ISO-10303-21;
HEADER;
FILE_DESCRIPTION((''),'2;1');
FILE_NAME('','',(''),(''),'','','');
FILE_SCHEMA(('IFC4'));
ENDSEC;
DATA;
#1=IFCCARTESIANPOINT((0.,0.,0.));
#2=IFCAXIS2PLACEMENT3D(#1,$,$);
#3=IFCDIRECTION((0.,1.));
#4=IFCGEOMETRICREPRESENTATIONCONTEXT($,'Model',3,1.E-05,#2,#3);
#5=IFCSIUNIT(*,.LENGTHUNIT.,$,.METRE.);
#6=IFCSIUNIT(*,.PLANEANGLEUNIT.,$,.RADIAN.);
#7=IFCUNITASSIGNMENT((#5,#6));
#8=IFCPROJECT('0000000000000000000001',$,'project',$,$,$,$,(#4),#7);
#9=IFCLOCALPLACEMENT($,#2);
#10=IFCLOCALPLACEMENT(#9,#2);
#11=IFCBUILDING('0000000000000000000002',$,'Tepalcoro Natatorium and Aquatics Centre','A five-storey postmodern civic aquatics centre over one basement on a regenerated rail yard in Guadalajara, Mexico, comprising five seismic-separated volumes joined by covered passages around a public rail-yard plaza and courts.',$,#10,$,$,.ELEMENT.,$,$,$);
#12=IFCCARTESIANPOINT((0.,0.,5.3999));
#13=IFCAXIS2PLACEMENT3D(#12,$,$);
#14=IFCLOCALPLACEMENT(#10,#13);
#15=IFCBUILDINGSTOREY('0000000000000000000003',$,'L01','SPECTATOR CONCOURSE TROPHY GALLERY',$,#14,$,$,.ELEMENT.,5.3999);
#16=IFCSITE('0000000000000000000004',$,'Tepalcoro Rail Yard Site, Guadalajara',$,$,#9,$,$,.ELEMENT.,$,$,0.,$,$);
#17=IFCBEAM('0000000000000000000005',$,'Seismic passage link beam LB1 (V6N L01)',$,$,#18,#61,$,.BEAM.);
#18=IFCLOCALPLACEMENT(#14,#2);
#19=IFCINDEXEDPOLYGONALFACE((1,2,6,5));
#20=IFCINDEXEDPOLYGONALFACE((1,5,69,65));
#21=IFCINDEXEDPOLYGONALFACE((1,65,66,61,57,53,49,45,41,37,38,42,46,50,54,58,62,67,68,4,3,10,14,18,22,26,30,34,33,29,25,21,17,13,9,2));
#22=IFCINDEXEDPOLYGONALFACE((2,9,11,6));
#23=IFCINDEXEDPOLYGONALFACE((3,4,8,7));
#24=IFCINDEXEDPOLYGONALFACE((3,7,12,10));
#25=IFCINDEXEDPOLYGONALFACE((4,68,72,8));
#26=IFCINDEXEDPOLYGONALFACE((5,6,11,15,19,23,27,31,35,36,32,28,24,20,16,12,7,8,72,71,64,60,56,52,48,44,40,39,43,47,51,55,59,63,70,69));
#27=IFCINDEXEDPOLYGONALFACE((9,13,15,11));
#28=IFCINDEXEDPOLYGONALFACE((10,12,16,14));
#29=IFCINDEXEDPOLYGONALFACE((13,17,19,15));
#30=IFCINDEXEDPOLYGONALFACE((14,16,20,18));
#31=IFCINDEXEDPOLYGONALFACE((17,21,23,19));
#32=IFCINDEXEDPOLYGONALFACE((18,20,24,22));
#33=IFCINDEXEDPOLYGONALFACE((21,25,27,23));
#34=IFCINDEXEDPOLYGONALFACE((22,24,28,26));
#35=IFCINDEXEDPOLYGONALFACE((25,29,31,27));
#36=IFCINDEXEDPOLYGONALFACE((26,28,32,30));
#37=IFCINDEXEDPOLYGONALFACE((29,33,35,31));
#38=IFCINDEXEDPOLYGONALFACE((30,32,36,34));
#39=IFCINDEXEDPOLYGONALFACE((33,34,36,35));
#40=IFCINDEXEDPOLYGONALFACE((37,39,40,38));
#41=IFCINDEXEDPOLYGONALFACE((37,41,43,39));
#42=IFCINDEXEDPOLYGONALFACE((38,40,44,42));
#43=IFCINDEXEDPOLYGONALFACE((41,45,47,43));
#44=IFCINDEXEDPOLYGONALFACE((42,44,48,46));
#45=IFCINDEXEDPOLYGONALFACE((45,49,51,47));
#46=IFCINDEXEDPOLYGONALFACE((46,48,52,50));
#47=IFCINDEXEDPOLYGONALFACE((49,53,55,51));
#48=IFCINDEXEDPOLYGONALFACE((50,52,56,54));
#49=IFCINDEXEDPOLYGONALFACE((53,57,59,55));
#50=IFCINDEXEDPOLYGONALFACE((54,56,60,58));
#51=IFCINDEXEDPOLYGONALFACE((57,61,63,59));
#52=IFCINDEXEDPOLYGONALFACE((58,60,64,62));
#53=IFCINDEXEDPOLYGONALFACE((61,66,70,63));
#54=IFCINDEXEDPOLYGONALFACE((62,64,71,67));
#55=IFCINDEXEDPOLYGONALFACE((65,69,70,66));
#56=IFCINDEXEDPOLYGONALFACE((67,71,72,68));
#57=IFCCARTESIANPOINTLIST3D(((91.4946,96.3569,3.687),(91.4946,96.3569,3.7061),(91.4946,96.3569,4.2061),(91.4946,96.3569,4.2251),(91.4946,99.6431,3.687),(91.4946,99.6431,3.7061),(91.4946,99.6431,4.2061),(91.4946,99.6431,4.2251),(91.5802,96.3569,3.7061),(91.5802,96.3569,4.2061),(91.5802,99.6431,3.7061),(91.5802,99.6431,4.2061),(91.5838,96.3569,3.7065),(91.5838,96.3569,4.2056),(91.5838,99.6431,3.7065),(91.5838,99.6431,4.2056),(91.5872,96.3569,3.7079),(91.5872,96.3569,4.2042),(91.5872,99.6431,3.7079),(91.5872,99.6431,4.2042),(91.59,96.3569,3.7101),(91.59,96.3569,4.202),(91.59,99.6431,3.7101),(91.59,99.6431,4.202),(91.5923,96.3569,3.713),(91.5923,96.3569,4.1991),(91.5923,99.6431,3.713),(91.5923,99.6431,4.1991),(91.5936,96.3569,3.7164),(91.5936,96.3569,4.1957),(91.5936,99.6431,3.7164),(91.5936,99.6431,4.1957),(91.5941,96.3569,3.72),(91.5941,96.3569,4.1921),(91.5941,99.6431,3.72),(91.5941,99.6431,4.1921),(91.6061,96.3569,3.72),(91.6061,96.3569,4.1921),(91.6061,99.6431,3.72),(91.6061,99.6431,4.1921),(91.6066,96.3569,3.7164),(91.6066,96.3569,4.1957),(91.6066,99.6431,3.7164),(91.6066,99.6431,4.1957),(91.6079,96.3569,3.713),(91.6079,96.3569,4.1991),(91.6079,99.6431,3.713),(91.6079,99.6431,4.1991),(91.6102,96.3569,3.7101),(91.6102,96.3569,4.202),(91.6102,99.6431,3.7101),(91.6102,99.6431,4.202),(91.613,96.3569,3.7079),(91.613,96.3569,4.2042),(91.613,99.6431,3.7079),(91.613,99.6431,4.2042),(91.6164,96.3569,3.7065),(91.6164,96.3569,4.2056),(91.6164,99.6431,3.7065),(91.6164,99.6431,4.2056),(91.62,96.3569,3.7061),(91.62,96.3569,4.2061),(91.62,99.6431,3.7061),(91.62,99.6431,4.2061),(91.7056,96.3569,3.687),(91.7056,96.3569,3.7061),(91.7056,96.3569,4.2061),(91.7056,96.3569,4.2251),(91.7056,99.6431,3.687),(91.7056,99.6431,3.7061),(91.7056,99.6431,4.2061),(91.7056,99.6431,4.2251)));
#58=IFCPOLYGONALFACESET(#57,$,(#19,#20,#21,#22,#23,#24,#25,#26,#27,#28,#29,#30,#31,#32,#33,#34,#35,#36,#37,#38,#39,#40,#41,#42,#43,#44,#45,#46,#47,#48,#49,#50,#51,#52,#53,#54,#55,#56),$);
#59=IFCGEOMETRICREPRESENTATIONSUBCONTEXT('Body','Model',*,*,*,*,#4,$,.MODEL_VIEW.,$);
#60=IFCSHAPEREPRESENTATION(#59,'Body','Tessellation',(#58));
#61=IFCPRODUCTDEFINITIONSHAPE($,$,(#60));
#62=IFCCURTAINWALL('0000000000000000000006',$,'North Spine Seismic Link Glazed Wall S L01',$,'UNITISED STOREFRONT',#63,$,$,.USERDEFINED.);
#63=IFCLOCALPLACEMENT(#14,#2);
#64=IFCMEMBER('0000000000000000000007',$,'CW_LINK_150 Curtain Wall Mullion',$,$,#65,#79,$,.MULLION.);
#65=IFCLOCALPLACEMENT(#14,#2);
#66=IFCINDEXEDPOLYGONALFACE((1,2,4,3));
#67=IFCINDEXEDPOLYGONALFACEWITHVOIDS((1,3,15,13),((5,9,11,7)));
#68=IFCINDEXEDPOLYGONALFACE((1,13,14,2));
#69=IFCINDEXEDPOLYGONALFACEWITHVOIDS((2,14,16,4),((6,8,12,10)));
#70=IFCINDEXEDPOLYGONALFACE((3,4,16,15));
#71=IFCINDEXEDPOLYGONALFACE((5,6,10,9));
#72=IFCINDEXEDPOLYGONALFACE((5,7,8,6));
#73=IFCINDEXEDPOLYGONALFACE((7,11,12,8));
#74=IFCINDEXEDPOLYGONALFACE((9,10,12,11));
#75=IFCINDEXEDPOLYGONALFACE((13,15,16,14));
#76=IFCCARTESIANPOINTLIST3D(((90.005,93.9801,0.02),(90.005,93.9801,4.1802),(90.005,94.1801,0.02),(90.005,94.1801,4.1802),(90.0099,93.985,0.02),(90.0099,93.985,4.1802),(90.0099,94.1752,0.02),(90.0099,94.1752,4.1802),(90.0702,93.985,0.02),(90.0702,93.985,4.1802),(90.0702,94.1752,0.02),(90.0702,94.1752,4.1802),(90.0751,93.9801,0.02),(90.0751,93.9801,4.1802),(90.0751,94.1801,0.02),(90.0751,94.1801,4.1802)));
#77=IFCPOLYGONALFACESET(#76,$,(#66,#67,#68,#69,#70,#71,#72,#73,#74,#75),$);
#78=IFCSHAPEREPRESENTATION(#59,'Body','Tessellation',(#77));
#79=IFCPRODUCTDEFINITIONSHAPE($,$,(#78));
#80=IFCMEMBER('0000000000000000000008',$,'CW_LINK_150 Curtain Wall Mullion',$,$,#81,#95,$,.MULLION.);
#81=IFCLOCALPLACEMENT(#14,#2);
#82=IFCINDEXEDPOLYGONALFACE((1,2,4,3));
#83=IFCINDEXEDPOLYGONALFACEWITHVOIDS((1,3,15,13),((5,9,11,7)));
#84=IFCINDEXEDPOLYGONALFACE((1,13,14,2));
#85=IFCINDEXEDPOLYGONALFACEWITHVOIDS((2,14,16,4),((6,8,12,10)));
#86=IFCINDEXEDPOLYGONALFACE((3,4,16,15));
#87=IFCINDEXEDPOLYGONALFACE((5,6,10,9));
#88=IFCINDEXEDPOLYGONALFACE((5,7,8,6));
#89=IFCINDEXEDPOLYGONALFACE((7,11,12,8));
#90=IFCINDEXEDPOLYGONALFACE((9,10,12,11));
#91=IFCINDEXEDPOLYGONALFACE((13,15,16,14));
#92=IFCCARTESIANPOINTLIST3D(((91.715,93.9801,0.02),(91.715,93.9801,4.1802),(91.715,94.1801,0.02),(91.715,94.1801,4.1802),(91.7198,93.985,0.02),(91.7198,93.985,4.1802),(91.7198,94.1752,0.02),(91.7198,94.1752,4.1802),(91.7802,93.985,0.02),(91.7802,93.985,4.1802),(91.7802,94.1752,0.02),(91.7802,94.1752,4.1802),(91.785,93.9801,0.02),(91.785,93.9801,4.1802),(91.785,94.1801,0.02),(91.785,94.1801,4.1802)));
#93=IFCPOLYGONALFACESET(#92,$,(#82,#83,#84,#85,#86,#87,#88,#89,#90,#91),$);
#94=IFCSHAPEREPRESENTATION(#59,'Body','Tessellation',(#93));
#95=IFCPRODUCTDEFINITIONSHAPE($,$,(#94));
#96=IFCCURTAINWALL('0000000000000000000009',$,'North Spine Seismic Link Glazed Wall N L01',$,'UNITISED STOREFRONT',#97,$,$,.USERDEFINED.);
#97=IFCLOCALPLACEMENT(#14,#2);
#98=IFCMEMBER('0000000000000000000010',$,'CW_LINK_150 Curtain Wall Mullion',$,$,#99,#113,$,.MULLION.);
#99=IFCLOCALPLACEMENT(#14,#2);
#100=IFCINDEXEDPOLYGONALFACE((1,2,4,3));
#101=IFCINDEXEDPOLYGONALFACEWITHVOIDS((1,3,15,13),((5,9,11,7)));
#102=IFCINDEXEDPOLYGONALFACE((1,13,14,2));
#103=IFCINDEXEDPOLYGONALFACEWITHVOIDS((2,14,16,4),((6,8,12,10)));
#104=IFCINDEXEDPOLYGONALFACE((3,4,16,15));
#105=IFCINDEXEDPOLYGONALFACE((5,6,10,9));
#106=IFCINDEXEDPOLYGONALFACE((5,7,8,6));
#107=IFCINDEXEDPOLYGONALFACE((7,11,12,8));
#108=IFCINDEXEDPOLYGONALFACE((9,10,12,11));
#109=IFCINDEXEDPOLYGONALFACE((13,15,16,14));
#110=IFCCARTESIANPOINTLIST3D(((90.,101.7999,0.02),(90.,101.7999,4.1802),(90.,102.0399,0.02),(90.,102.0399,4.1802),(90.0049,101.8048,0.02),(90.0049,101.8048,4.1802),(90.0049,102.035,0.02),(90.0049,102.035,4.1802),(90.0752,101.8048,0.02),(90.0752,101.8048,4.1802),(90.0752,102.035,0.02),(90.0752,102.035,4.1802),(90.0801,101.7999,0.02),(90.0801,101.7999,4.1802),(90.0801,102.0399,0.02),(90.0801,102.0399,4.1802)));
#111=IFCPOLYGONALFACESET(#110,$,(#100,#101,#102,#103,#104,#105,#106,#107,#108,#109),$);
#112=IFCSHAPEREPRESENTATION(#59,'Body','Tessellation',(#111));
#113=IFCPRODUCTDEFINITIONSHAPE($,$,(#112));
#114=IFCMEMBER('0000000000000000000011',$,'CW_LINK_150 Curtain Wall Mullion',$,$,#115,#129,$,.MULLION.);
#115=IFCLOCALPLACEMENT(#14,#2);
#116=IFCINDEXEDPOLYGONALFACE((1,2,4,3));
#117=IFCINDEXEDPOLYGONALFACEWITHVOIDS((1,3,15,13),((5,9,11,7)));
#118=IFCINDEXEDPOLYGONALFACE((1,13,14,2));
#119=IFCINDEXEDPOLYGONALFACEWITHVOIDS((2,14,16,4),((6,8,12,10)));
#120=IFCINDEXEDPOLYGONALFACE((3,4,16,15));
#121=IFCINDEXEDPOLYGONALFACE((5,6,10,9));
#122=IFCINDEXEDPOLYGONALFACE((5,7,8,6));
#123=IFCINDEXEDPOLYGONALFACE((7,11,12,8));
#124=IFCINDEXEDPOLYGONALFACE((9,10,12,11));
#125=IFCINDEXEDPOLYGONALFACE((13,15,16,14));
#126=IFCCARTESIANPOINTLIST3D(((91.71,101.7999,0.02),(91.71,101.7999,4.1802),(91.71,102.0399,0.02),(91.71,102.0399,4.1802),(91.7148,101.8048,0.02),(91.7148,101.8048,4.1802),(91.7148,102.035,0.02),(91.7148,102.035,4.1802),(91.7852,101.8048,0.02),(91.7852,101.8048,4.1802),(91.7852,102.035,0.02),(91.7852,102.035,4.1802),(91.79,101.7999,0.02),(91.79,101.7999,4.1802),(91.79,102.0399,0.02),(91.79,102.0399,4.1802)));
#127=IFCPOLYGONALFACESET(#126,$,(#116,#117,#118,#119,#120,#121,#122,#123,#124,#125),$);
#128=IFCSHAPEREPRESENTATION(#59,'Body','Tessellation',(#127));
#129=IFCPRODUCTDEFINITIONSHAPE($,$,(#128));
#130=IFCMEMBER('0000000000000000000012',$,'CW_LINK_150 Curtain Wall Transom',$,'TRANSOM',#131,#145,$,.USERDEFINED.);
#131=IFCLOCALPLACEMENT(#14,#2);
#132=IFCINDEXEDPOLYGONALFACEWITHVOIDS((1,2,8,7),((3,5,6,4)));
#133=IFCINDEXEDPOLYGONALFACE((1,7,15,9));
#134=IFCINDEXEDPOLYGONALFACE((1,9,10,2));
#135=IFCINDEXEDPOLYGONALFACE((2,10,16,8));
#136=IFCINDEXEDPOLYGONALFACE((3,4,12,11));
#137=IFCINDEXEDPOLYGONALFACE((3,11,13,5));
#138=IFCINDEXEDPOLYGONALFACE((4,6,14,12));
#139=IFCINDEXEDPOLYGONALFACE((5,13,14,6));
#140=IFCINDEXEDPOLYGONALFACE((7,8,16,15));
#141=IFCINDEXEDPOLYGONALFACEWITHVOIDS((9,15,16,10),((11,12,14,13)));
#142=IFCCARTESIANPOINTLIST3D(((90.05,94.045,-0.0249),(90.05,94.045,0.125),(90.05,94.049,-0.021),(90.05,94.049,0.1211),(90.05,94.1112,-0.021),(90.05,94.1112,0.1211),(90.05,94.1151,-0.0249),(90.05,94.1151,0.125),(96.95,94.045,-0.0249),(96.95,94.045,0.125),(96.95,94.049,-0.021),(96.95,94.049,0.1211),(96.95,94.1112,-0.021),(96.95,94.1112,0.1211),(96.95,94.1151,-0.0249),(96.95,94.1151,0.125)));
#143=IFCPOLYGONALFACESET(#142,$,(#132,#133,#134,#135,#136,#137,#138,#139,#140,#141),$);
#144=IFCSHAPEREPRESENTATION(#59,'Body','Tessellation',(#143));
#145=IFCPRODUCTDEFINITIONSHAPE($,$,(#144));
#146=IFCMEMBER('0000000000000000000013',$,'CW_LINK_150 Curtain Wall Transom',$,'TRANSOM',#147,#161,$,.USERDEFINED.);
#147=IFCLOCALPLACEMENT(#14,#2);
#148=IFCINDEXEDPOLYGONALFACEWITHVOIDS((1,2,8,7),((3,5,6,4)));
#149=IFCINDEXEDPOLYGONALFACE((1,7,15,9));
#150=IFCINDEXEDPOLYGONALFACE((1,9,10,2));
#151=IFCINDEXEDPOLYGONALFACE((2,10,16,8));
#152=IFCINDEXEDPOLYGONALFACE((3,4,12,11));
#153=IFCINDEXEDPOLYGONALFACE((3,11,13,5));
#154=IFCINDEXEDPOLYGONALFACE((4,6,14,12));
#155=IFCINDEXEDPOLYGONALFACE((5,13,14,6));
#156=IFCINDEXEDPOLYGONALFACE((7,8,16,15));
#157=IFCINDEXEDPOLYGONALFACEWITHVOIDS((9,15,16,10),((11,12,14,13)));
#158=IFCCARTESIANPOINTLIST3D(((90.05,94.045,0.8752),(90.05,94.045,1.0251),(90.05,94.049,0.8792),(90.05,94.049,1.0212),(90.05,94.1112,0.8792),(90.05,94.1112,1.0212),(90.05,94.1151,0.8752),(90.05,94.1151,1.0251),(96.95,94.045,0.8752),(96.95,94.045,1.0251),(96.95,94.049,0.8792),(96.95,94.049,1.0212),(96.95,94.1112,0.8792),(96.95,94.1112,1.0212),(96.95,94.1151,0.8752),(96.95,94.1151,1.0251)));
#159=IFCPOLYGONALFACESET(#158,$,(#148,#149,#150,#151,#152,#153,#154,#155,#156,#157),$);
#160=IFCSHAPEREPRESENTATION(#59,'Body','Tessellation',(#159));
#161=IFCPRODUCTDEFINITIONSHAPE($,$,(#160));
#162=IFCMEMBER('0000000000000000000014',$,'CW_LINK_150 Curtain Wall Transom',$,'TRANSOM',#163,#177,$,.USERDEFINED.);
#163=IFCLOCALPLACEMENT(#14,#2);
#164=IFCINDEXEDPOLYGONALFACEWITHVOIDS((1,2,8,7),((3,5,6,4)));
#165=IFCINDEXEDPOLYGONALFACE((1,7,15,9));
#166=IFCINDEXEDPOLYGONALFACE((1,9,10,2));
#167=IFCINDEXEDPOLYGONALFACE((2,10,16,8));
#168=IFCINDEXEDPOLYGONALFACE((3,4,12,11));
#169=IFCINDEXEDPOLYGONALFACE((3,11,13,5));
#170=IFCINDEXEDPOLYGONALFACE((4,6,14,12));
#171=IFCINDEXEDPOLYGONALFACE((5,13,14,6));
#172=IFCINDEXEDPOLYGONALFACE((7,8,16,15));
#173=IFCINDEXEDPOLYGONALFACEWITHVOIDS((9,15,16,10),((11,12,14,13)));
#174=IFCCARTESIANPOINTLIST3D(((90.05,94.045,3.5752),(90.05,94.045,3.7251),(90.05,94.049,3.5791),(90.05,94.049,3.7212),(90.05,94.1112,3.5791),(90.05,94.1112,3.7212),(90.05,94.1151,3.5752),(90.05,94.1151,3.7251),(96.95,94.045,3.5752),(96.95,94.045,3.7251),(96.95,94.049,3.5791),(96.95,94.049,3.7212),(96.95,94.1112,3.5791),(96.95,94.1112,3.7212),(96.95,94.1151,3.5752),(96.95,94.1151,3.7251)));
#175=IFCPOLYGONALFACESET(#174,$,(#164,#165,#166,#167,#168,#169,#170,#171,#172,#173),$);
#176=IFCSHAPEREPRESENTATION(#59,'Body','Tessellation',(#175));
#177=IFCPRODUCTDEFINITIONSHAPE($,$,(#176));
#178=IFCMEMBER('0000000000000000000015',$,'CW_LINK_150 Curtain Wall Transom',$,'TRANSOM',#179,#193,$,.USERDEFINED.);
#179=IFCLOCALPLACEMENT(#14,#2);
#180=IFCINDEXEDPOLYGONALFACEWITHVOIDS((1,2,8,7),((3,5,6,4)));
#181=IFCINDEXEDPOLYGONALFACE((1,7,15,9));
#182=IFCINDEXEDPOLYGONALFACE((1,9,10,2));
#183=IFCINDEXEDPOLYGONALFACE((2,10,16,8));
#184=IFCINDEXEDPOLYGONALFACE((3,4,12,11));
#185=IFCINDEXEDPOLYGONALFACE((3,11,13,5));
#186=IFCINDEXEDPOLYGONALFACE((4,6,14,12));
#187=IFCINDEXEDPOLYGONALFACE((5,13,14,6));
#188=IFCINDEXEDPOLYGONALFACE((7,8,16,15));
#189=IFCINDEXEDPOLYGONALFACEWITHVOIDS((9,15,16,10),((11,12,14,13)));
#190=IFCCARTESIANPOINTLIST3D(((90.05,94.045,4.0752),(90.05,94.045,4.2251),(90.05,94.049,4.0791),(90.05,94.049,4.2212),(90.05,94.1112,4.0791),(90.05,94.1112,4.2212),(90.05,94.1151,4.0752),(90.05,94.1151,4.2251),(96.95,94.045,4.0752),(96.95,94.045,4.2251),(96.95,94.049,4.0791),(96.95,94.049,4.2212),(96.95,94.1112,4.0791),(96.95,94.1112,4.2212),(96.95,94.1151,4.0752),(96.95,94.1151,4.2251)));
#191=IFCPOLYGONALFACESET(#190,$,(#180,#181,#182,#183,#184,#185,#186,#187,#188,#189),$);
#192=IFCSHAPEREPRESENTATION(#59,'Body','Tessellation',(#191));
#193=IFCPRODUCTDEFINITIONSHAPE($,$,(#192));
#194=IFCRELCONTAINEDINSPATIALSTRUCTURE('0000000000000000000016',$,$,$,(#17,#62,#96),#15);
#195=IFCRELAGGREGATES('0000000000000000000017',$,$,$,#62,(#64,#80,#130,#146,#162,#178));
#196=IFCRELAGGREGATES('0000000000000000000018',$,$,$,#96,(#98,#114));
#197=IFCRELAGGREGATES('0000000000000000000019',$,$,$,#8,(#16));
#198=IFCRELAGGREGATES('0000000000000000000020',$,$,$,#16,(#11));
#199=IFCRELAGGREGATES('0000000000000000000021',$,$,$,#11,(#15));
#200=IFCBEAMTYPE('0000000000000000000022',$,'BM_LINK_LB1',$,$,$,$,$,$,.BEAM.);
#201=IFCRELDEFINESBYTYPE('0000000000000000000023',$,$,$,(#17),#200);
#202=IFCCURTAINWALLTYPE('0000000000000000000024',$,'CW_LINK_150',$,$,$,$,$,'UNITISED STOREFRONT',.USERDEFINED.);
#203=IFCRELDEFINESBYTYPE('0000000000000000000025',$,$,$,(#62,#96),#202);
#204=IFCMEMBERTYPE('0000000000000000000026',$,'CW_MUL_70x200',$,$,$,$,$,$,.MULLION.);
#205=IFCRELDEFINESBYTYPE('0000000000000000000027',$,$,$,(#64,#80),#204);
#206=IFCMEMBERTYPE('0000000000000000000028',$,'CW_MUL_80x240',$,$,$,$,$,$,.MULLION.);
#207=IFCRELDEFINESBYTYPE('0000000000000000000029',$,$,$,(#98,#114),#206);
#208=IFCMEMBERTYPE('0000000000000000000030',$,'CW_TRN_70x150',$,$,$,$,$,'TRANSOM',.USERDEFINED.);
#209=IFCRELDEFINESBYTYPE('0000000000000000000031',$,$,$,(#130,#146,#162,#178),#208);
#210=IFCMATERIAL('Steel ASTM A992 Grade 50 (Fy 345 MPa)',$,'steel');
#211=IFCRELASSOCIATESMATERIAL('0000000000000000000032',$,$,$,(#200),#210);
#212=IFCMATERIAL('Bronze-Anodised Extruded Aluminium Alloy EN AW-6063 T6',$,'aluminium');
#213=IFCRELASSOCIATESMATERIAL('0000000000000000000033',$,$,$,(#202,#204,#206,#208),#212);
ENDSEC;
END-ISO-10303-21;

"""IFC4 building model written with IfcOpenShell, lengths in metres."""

from ifc_helpers import new_model, si_unit, direction, frame, origin, origin_2d, place, context, subcontext, project, spatial, hollow_rectangle, i_section, extrude, material, material_profile, profile_set, type_object, element, aggregate, save


model = new_model("IFC4")

# Units and contexts
model_context = context("Model", 3, precision=1e-05, world=origin(), true_north=direction((0.0, 1.0)))
body_context = subcontext(model_context, "Body", "Model", "MODEL_VIEW")
ifc_project = project(units=[si_unit("LENGTHUNIT", "METRE"), si_unit("PLANEANGLEUNIT", "RADIAN")], contexts=[model_context])

# Site, building, storey
site_placement = place(None, origin())
site = spatial("IfcSite", under=ifc_project, at=site_placement, Name="Tepalcoro Rail Yard Site, Guadalajara", CompositionType="ELEMENT", RefElevation=0.0)
building_placement = place(site_placement, origin())
building = spatial("IfcBuilding", under=site, at=building_placement, Name="Tepalcoro Natatorium and Aquatics Centre", Description="A five-storey postmodern civic aquatics centre over one basement on a regenerated rail yard in Guadalajara, Mexico, comprising five seismic-separated volumes joined by covered passages around a public rail-yard plaza and courts.", CompositionType="ELEMENT")
storey_placement = place(building_placement, frame((0.0, 0.0, 5.3999)))
storey = spatial("IfcBuildingStorey", under=building, at=storey_placement, Name="L01", Description="SPECTATOR CONCOURSE TROPHY GALLERY", CompositionType="ELEMENT", Elevation=5.3999)

# Shared definitions
ifc_material_1 = material(Name="Steel ASTM A992 Grade 50 (Fy 345 MPa)", Category="steel")

# Beam
ifc_material_profile_1 = material_profile(ifc_material_1, i_section(OverallWidth=0.2109, OverallDepth=0.5381, WebThickness=0.012, FlangeThickness=0.019, FilletRadius=0.0139, at=origin_2d()), Name="W21X73")
ifc_profile_set_1 = profile_set([ifc_material_profile_1], Name="Steel ASTM A992 Grade 50 (Fy 345 MPa)")
beam_type = type_object("IfcBeamType", Name="BM_LINK_LB1", PredefinedType="BEAM", material=ifc_profile_set_1)
beam_placement = place(storey_placement, frame((91.6001, 96.3569, 3.9561), z_axis=(0.0, 1.0, 0.0), x_axis=(-1.0, 0.0, 0.0)))
element("IfcBeam", 1, at=beam_placement, inside=storey, type_object=beam_type, Name="Seismic passage link beam LB1 (V6N L01)", PredefinedType="BEAM", context=body_context, shape_type="SweptSolid", body=[
    extrude(i_section(OverallWidth=0.2109, OverallDepth=0.5381, WebThickness=0.012, FlangeThickness=0.019, FilletRadius=0.0139, at=origin_2d()), origin(), (0.0, 0.0, 1.0), 3.2861),
])

# Curtain walls, members
ifc_material_2 = material(Name="Bronze-Anodised Extruded Aluminium Alloy EN AW-6063 T6", Category="aluminium")
curtain_wall_type = type_object("IfcCurtainWallType", Name="CW_LINK_150", ElementType="UNITISED STOREFRONT", PredefinedType="USERDEFINED", material=ifc_material_2)
curtain_wall_1_placement = place(storey_placement, origin())
curtain_wall_1 = element("IfcCurtainWall", 2, at=curtain_wall_1_placement, inside=storey, type_object=curtain_wall_type, Name="North Spine Seismic Link Glazed Wall S L01", ObjectType="UNITISED STOREFRONT", PredefinedType="USERDEFINED")
ifc_material_profile_2 = material_profile(ifc_material_2, hollow_rectangle(XDim=0.0701, YDim=0.2, WallThickness=0.0049, at=origin_2d()), Name="AL70X200X5")
ifc_profile_set_2 = profile_set([ifc_material_profile_2], Name="Bronze-Anodised Extruded Aluminium Alloy EN AW-6063 T6")
member_type_1 = type_object("IfcMemberType", Name="CW_MUL_70x200", PredefinedType="MULLION", material=ifc_profile_set_2)
member_1_placement = place(storey_placement, frame((90.04, 94.0801, 0.02), z_axis=(0.0, 0.0, 1.0), x_axis=(1.0, 0.0, 0.0)))
member_1 = element("IfcMember", 3, at=member_1_placement, type_object=member_type_1, Name="CW_LINK_150 Curtain Wall Mullion", PredefinedType="MULLION", context=body_context, shape_type="SweptSolid", body=[
    extrude(hollow_rectangle(XDim=0.0701, YDim=0.2, WallThickness=0.0049, at=origin_2d()), origin(), (0.0, 0.0, 1.0), 4.1602),
])
member_2_placement = place(storey_placement, frame((91.75, 94.0801, 0.02), z_axis=(0.0, 0.0, 1.0), x_axis=(1.0, 0.0, 0.0)))
member_2 = element("IfcMember", 4, at=member_2_placement, type_object=member_type_1, Name="CW_LINK_150 Curtain Wall Mullion", PredefinedType="MULLION", context=body_context, shape_type="SweptSolid", body=[
    extrude(hollow_rectangle(XDim=0.0701, YDim=0.2, WallThickness=0.0049, at=origin_2d()), origin(), (0.0, 0.0, 1.0), 4.1602),
])
curtain_wall_2_placement = place(storey_placement, origin())
curtain_wall_2 = element("IfcCurtainWall", 5, at=curtain_wall_2_placement, inside=storey, type_object=curtain_wall_type, Name="North Spine Seismic Link Glazed Wall N L01", ObjectType="UNITISED STOREFRONT", PredefinedType="USERDEFINED")
ifc_material_profile_3 = material_profile(ifc_material_2, hollow_rectangle(XDim=0.0801, YDim=0.24, WallThickness=0.0049, at=origin_2d()), Name="AL80X240X5")
ifc_profile_set_3 = profile_set([ifc_material_profile_3], Name="Bronze-Anodised Extruded Aluminium Alloy EN AW-6063 T6")
member_type_2 = type_object("IfcMemberType", Name="CW_MUL_80x240", PredefinedType="MULLION", material=ifc_profile_set_3)
member_3_placement = place(storey_placement, frame((90.04, 101.9199, 0.02), z_axis=(0.0, 0.0, 1.0), x_axis=(1.0, 0.0, 0.0)))
member_3 = element("IfcMember", 6, at=member_3_placement, type_object=member_type_2, Name="CW_LINK_150 Curtain Wall Mullion", PredefinedType="MULLION", context=body_context, shape_type="SweptSolid", body=[
    extrude(hollow_rectangle(XDim=0.0801, YDim=0.24, WallThickness=0.0049, at=origin_2d()), origin(), (0.0, 0.0, 1.0), 4.1602),
])
member_4_placement = place(storey_placement, frame((91.75, 101.9199, 0.02), z_axis=(0.0, 0.0, 1.0), x_axis=(1.0, 0.0, 0.0)))
member_4 = element("IfcMember", 7, at=member_4_placement, type_object=member_type_2, Name="CW_LINK_150 Curtain Wall Mullion", PredefinedType="MULLION", context=body_context, shape_type="SweptSolid", body=[
    extrude(hollow_rectangle(XDim=0.0801, YDim=0.24, WallThickness=0.0049, at=origin_2d()), origin(), (0.0, 0.0, 1.0), 4.1602),
])

# Members
ifc_material_profile_4 = material_profile(ifc_material_2, hollow_rectangle(XDim=0.0701, YDim=0.1499, WallThickness=0.0039, at=origin_2d()), Name="AL70X150X4")
ifc_profile_set_4 = profile_set([ifc_material_profile_4], Name="Bronze-Anodised Extruded Aluminium Alloy EN AW-6063 T6")
member_type_3 = type_object("IfcMemberType", Name="CW_TRN_70x150", ElementType="TRANSOM", PredefinedType="USERDEFINED", material=ifc_profile_set_4)
member_5_placement = place(storey_placement, frame((90.05, 94.0801, 0.05), z_axis=(1.0, 0.0, 0.0), x_axis=(0.0, 1.0, 0.0)))
member_5 = element("IfcMember", 8, at=member_5_placement, type_object=member_type_3, Name="CW_LINK_150 Curtain Wall Transom", ObjectType="TRANSOM", PredefinedType="USERDEFINED", context=body_context, shape_type="SweptSolid", body=[
    extrude(hollow_rectangle(XDim=0.0701, YDim=0.1499, WallThickness=0.0039, at=origin_2d()), origin(), (0.0, 0.0, 1.0), 6.8999),
])
member_6_placement = place(storey_placement, frame((90.05, 94.0801, 0.9502), z_axis=(1.0, 0.0, 0.0), x_axis=(0.0, 1.0, 0.0)))
member_6 = element("IfcMember", 9, at=member_6_placement, type_object=member_type_3, Name="CW_LINK_150 Curtain Wall Transom", ObjectType="TRANSOM", PredefinedType="USERDEFINED", context=body_context, shape_type="SweptSolid", body=[
    extrude(hollow_rectangle(XDim=0.0701, YDim=0.1499, WallThickness=0.0039, at=origin_2d()), origin(), (0.0, 0.0, 1.0), 6.8999),
])
member_7_placement = place(storey_placement, frame((90.05, 94.0801, 3.6501), z_axis=(1.0, 0.0, 0.0), x_axis=(0.0, 1.0, 0.0)))
member_7 = element("IfcMember", 10, at=member_7_placement, type_object=member_type_3, Name="CW_LINK_150 Curtain Wall Transom", ObjectType="TRANSOM", PredefinedType="USERDEFINED", context=body_context, shape_type="SweptSolid", body=[
    extrude(hollow_rectangle(XDim=0.0701, YDim=0.1499, WallThickness=0.0039, at=origin_2d()), origin(), (0.0, 0.0, 1.0), 6.8999),
])
member_8_placement = place(storey_placement, frame((90.05, 94.0801, 4.1501), z_axis=(1.0, 0.0, 0.0), x_axis=(0.0, 1.0, 0.0)))
member_8 = element("IfcMember", 11, at=member_8_placement, type_object=member_type_3, Name="CW_LINK_150 Curtain Wall Transom", ObjectType="TRANSOM", PredefinedType="USERDEFINED", context=body_context, shape_type="SweptSolid", body=[
    extrude(hollow_rectangle(XDim=0.0701, YDim=0.1499, WallThickness=0.0039, at=origin_2d()), origin(), (0.0, 0.0, 1.0), 6.8999),
])

aggregate(curtain_wall_1, [member_1, member_2, member_5, member_6, member_7, member_8])
aggregate(curtain_wall_2, [member_3, member_4])

save(model, "model.ifc")
